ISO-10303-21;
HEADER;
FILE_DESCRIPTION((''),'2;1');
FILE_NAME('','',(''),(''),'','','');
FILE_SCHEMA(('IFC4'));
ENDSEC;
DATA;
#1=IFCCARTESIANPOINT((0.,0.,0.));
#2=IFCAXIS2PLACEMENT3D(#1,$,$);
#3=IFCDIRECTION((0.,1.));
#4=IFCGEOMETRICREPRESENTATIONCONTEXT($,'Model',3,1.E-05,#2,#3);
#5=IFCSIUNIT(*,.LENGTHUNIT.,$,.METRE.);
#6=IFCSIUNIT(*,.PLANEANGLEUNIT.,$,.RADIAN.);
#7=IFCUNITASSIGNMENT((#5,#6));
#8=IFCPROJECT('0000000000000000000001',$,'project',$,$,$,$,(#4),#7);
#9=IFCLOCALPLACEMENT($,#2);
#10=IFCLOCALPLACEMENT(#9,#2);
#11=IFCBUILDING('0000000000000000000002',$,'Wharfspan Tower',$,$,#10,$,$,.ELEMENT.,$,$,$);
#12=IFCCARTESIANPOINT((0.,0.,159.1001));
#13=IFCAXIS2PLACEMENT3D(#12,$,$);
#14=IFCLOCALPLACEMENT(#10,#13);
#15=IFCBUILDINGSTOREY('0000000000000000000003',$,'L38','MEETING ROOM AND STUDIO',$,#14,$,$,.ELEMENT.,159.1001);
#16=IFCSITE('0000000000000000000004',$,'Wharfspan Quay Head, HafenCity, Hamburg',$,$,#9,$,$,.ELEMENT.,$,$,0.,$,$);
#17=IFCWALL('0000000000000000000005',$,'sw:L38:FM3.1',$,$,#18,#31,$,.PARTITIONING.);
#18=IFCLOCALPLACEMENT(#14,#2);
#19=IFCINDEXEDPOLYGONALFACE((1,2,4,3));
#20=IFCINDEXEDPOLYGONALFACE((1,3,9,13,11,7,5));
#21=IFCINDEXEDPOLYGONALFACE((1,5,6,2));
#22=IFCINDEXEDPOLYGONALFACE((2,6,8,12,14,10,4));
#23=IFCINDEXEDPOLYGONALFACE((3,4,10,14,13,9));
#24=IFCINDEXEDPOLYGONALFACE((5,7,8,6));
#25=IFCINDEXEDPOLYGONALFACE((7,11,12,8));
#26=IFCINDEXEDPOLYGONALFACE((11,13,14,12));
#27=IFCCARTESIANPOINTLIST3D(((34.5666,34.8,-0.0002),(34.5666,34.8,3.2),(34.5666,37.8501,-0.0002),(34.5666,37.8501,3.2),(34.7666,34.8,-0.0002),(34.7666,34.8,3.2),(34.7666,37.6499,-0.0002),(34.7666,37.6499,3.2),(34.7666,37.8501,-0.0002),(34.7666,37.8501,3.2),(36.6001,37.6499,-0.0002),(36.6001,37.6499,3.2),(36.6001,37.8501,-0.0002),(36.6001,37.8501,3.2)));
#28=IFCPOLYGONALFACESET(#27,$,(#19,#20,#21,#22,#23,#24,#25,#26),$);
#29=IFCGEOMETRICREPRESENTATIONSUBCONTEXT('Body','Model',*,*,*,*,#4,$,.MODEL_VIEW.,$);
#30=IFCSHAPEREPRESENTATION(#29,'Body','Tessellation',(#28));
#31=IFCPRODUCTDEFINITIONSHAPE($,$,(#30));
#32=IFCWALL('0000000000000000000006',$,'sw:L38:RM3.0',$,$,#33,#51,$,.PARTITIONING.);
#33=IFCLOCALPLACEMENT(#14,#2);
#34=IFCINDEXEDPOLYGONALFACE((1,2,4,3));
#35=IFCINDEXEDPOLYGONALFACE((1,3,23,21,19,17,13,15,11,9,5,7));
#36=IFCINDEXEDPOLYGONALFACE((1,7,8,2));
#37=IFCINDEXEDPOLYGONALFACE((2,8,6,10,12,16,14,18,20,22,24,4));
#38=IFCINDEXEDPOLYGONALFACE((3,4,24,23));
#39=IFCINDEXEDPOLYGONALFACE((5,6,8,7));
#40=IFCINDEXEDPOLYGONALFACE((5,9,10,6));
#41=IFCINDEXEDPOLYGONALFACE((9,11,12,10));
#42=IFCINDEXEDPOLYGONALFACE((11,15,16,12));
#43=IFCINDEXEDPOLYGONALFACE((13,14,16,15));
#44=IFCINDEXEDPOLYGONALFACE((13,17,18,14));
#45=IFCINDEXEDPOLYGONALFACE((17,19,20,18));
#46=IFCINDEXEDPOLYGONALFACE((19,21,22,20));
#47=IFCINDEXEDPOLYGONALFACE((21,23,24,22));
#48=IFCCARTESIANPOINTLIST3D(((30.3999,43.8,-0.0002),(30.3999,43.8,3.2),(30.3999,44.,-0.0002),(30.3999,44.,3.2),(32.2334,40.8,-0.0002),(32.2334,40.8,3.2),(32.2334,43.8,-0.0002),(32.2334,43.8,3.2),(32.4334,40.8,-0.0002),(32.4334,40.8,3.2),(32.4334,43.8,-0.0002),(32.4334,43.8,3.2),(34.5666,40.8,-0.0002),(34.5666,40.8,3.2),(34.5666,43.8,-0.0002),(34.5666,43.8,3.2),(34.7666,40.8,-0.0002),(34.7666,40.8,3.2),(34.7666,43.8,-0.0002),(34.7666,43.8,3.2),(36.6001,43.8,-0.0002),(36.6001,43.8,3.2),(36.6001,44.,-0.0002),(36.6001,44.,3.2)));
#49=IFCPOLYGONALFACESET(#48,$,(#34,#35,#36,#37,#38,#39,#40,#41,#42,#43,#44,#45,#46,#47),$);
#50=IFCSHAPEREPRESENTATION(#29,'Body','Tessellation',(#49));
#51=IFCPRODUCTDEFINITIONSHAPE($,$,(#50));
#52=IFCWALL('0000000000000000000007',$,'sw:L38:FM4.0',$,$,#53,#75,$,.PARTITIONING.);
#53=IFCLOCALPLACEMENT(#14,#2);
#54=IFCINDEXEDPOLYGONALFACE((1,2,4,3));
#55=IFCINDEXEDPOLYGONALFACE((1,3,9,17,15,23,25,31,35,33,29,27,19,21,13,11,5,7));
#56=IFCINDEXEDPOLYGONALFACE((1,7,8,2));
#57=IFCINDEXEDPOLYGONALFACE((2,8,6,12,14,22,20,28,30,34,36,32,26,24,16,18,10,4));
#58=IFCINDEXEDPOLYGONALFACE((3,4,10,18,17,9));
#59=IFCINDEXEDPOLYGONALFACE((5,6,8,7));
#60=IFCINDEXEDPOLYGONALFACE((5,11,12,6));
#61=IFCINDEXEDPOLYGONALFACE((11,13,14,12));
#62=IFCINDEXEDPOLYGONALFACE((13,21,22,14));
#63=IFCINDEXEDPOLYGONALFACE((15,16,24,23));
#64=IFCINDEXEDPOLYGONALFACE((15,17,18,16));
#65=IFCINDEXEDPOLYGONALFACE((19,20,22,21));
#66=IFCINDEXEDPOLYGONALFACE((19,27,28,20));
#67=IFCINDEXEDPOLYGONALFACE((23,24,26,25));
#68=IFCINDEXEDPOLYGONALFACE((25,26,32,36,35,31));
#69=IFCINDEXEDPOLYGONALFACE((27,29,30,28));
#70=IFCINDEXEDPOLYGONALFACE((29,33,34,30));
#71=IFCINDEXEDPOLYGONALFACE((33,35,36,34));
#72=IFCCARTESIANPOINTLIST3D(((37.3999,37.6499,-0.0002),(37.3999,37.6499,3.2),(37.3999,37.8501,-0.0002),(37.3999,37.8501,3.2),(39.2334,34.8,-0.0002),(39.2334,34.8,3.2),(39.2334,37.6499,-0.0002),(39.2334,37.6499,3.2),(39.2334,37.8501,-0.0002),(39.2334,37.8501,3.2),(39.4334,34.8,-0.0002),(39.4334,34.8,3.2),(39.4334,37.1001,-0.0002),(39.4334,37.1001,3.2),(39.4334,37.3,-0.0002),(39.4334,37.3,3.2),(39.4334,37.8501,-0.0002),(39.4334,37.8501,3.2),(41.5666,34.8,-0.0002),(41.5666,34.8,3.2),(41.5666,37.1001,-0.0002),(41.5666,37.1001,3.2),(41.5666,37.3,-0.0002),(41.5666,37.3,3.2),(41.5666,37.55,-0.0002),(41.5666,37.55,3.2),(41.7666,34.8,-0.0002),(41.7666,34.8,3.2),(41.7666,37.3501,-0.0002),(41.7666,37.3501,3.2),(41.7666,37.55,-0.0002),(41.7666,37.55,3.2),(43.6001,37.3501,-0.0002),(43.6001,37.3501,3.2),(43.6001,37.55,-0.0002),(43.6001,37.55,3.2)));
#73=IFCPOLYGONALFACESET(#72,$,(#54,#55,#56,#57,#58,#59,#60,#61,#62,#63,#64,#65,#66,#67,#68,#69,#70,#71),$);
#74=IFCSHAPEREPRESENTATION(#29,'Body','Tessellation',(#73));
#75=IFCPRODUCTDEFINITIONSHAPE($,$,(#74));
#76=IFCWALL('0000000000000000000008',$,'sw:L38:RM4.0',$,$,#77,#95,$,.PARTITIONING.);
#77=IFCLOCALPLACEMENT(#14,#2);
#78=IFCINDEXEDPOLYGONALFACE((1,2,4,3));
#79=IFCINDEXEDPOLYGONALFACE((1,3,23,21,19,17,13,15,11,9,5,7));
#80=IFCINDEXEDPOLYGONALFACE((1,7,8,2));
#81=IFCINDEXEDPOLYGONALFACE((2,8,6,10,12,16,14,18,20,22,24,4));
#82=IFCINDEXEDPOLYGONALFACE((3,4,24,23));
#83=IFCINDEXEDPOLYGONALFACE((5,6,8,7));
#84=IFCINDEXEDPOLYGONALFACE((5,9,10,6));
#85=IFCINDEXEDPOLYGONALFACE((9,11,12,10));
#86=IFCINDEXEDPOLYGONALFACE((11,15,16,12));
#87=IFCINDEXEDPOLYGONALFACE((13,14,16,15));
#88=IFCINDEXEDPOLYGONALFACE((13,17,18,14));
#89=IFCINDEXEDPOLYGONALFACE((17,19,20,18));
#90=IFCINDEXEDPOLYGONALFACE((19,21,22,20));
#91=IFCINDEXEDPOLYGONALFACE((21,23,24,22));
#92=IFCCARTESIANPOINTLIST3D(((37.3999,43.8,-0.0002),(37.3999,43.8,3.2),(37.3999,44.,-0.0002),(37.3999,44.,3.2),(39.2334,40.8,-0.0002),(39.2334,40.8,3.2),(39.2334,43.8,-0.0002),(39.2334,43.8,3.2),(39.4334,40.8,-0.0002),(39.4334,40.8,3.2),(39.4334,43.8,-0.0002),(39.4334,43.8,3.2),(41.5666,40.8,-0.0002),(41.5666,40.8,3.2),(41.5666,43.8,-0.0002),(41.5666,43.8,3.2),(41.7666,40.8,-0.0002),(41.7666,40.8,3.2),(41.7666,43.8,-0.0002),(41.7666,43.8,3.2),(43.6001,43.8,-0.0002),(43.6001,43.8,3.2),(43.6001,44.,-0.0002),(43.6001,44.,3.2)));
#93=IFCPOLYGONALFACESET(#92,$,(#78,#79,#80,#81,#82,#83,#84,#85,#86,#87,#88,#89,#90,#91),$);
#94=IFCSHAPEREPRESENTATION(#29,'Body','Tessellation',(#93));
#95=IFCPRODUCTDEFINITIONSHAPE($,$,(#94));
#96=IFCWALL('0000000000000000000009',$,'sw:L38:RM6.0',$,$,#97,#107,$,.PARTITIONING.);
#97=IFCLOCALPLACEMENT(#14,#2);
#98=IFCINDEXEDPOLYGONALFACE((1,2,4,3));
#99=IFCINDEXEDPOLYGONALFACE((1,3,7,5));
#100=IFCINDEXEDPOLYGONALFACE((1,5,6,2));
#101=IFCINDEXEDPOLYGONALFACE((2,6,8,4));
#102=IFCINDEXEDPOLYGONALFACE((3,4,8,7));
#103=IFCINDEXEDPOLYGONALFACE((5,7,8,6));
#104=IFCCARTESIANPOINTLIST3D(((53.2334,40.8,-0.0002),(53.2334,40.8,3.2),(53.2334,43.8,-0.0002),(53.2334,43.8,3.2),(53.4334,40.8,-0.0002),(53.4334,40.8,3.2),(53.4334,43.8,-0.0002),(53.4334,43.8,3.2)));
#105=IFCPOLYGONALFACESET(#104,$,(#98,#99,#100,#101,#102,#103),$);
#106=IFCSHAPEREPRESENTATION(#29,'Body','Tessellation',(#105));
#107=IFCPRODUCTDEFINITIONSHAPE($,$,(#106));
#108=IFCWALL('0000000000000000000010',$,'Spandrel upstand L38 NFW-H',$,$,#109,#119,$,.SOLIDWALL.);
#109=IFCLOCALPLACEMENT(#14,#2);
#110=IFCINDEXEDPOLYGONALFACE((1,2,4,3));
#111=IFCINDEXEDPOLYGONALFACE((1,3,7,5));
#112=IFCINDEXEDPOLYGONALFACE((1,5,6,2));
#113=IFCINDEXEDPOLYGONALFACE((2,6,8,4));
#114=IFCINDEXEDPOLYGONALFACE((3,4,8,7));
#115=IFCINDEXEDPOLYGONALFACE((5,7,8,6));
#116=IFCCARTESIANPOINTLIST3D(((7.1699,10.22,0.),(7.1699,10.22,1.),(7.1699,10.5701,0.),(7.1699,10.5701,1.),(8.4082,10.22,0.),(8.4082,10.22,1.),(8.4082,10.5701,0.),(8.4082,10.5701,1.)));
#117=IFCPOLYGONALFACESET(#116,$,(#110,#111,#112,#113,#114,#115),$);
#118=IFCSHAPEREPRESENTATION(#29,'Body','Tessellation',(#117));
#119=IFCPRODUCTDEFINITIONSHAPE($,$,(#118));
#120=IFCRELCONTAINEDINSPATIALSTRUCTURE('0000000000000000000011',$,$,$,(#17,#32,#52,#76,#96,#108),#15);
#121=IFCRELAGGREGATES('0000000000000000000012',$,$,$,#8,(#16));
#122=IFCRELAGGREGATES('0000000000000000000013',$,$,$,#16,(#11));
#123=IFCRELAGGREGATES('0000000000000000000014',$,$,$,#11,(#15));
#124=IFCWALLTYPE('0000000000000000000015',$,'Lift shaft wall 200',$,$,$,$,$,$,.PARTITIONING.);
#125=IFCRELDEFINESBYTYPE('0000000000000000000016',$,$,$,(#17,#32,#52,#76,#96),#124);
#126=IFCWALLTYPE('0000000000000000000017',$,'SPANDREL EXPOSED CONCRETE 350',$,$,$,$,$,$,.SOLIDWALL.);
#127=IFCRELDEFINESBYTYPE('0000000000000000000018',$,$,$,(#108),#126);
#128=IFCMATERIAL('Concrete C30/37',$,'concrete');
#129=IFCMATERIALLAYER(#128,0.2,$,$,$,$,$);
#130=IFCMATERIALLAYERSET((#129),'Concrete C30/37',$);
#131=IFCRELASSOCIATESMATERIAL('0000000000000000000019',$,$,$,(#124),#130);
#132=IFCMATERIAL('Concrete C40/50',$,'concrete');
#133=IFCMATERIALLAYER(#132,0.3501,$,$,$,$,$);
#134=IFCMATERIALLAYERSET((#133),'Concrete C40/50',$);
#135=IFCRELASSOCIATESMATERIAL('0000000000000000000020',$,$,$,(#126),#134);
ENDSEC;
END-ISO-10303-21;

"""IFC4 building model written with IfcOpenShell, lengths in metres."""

from ifc_helpers import new_model, si_unit, direction, frame, frame_2d, origin, place, context, subcontext, project, spatial, polyline, rectangle, outline, extrude, material, layer, layer_set, type_object, element, save


model = new_model("IFC4")

# Units and contexts
model_context = context("Model", 3, precision=1e-05, world=origin(), true_north=direction((0.0, 1.0)))
body_context = subcontext(model_context, "Body", "Model", "MODEL_VIEW")
ifc_project = project(units=[si_unit("LENGTHUNIT", "METRE"), si_unit("PLANEANGLEUNIT", "RADIAN")], contexts=[model_context])

# Site, building, storey
site_placement = place(None, origin())
site = spatial("IfcSite", under=ifc_project, at=site_placement, Name="Wharfspan Quay Head, HafenCity, Hamburg", CompositionType="ELEMENT", RefElevation=0.0)
building_placement = place(site_placement, origin())
building = spatial("IfcBuilding", under=site, at=building_placement, Name="Wharfspan Tower", CompositionType="ELEMENT")
storey_placement = place(building_placement, frame((0.0, 0.0, 159.1001)))
storey = spatial("IfcBuildingStorey", under=building, at=storey_placement, Name="L38", Description="MEETING ROOM AND STUDIO", CompositionType="ELEMENT", Elevation=159.1001)

# Shared definitions
ifc_material_1 = material(Name="Concrete C40/50", Category="concrete")

# Walls
ifc_material_2 = material(Name="Concrete C30/37", Category="concrete")
ifc_layer_1 = layer(ifc_material_2, 0.2)
ifc_layer_set_1 = layer_set([ifc_layer_1], Name="Concrete C30/37")
wall_type_1 = type_object("IfcWallType", Name="Lift shaft wall 200", PredefinedType="PARTITIONING", material=ifc_layer_set_1)
wall_1_placement = place(storey_placement, frame((0.0, 0.0, -0.0002)))
element("IfcWall", 1, at=wall_1_placement, inside=storey, type_object=wall_type_1, Name="sw:L38:FM3.1", PredefinedType="PARTITIONING", context=body_context, shape_type="SweptSolid", body=[
    extrude(outline(polyline([(34.5667, 37.8501), (34.7666, 37.8501), (36.6001, 37.8501), (36.6001, 37.6499), (34.7666, 37.6499), (34.7666, 34.8), (34.5667, 34.8), (34.5667, 37.8501)])), origin(), (0.0, 0.0, 1.0), 3.2002),
])
wall_2_placement = place(storey_placement, frame((0.0, 0.0, -0.0002)))
element("IfcWall", 2, at=wall_2_placement, inside=storey, type_object=wall_type_1, Name="sw:L38:RM3.0", PredefinedType="PARTITIONING", context=body_context, shape_type="SweptSolid", body=[
    extrude(outline(polyline([(32.4333, 40.8), (32.2334, 40.8), (32.2334, 43.8), (30.3999, 43.8), (30.3999, 44.0), (36.6001, 44.0), (36.6001, 43.8), (34.7666, 43.8), (34.7666, 40.8), (34.5667, 40.8), (34.5667, 43.8), (32.4333, 43.8), (32.4333, 40.8)])), origin(), (0.0, 0.0, 1.0), 3.2002),
])
wall_3_placement = place(storey_placement, frame((0.0, 0.0, -0.0002)))
element("IfcWall", 3, at=wall_3_placement, inside=storey, type_object=wall_type_1, Name="sw:L38:FM4.0", PredefinedType="PARTITIONING", context=body_context, shape_type="SweptSolid", body=[
    extrude(outline(polyline([(41.5667, 37.1001), (39.4333, 37.1001), (39.4333, 34.8), (39.2334, 34.8), (39.2334, 37.6499), (37.3999, 37.6499), (37.3999, 37.8501), (39.2334, 37.8501), (39.4333, 37.8501), (39.4333, 37.3), (41.5667, 37.3), (41.5667, 37.55), (41.7666, 37.55), (43.6001, 37.55), (43.6001, 37.3501), (41.7666, 37.3501), (41.7666, 34.8), (41.5667, 34.8), (41.5667, 37.1001)])), origin(), (0.0, 0.0, 1.0), 3.2002),
])
wall_4_placement = place(storey_placement, frame((0.0, 0.0, -0.0002)))
element("IfcWall", 4, at=wall_4_placement, inside=storey, type_object=wall_type_1, Name="sw:L38:RM4.0", PredefinedType="PARTITIONING", context=body_context, shape_type="SweptSolid", body=[
    extrude(outline(polyline([(39.4333, 40.8), (39.2334, 40.8), (39.2334, 43.8), (37.3999, 43.8), (37.3999, 44.0), (43.6001, 44.0), (43.6001, 43.8), (41.7666, 43.8), (41.7666, 40.8), (41.5667, 40.8), (41.5667, 43.8), (39.4333, 43.8), (39.4333, 40.8)])), origin(), (0.0, 0.0, 1.0), 3.2002),
])
wall_5_placement = place(storey_placement, frame((0.0, 0.0, -0.0002)))
element("IfcWall", 5, at=wall_5_placement, inside=storey, type_object=wall_type_1, Name="sw:L38:RM6.0", PredefinedType="PARTITIONING", context=body_context, shape_type="SweptSolid", body=[
    extrude(outline(polyline([(53.4333, 40.8), (53.4333, 43.8), (53.2334, 43.8), (53.2334, 40.8), (53.4333, 40.8)])), origin(), (0.0, 0.0, 1.0), 3.2002),
])
ifc_layer_2 = layer(ifc_material_1, 0.3501)
ifc_layer_set_2 = layer_set([ifc_layer_2], Name="Concrete C40/50")
wall_type_2 = type_object("IfcWallType", Name="SPANDREL EXPOSED CONCRETE 350", PredefinedType="SOLIDWALL", material=ifc_layer_set_2)
wall_6_placement = place(storey_placement, frame((7.1699, 10.395, 0.0), z_axis=(0.0, 0.0, 1.0), x_axis=(1.0, 0.0, 0.0)))
element("IfcWall", 6, at=wall_6_placement, inside=storey, type_object=wall_type_2, Name="Spandrel upstand L38 NFW-H", PredefinedType="SOLIDWALL", context=body_context, shape_type="SweptSolid", body=[
    extrude(rectangle(XDim=1.2383, YDim=0.3501, at=frame_2d((0.6191, 0.0))), origin(), (0.0, 0.0, 1.0), 1.0),
])

save(model, "model.ifc")
